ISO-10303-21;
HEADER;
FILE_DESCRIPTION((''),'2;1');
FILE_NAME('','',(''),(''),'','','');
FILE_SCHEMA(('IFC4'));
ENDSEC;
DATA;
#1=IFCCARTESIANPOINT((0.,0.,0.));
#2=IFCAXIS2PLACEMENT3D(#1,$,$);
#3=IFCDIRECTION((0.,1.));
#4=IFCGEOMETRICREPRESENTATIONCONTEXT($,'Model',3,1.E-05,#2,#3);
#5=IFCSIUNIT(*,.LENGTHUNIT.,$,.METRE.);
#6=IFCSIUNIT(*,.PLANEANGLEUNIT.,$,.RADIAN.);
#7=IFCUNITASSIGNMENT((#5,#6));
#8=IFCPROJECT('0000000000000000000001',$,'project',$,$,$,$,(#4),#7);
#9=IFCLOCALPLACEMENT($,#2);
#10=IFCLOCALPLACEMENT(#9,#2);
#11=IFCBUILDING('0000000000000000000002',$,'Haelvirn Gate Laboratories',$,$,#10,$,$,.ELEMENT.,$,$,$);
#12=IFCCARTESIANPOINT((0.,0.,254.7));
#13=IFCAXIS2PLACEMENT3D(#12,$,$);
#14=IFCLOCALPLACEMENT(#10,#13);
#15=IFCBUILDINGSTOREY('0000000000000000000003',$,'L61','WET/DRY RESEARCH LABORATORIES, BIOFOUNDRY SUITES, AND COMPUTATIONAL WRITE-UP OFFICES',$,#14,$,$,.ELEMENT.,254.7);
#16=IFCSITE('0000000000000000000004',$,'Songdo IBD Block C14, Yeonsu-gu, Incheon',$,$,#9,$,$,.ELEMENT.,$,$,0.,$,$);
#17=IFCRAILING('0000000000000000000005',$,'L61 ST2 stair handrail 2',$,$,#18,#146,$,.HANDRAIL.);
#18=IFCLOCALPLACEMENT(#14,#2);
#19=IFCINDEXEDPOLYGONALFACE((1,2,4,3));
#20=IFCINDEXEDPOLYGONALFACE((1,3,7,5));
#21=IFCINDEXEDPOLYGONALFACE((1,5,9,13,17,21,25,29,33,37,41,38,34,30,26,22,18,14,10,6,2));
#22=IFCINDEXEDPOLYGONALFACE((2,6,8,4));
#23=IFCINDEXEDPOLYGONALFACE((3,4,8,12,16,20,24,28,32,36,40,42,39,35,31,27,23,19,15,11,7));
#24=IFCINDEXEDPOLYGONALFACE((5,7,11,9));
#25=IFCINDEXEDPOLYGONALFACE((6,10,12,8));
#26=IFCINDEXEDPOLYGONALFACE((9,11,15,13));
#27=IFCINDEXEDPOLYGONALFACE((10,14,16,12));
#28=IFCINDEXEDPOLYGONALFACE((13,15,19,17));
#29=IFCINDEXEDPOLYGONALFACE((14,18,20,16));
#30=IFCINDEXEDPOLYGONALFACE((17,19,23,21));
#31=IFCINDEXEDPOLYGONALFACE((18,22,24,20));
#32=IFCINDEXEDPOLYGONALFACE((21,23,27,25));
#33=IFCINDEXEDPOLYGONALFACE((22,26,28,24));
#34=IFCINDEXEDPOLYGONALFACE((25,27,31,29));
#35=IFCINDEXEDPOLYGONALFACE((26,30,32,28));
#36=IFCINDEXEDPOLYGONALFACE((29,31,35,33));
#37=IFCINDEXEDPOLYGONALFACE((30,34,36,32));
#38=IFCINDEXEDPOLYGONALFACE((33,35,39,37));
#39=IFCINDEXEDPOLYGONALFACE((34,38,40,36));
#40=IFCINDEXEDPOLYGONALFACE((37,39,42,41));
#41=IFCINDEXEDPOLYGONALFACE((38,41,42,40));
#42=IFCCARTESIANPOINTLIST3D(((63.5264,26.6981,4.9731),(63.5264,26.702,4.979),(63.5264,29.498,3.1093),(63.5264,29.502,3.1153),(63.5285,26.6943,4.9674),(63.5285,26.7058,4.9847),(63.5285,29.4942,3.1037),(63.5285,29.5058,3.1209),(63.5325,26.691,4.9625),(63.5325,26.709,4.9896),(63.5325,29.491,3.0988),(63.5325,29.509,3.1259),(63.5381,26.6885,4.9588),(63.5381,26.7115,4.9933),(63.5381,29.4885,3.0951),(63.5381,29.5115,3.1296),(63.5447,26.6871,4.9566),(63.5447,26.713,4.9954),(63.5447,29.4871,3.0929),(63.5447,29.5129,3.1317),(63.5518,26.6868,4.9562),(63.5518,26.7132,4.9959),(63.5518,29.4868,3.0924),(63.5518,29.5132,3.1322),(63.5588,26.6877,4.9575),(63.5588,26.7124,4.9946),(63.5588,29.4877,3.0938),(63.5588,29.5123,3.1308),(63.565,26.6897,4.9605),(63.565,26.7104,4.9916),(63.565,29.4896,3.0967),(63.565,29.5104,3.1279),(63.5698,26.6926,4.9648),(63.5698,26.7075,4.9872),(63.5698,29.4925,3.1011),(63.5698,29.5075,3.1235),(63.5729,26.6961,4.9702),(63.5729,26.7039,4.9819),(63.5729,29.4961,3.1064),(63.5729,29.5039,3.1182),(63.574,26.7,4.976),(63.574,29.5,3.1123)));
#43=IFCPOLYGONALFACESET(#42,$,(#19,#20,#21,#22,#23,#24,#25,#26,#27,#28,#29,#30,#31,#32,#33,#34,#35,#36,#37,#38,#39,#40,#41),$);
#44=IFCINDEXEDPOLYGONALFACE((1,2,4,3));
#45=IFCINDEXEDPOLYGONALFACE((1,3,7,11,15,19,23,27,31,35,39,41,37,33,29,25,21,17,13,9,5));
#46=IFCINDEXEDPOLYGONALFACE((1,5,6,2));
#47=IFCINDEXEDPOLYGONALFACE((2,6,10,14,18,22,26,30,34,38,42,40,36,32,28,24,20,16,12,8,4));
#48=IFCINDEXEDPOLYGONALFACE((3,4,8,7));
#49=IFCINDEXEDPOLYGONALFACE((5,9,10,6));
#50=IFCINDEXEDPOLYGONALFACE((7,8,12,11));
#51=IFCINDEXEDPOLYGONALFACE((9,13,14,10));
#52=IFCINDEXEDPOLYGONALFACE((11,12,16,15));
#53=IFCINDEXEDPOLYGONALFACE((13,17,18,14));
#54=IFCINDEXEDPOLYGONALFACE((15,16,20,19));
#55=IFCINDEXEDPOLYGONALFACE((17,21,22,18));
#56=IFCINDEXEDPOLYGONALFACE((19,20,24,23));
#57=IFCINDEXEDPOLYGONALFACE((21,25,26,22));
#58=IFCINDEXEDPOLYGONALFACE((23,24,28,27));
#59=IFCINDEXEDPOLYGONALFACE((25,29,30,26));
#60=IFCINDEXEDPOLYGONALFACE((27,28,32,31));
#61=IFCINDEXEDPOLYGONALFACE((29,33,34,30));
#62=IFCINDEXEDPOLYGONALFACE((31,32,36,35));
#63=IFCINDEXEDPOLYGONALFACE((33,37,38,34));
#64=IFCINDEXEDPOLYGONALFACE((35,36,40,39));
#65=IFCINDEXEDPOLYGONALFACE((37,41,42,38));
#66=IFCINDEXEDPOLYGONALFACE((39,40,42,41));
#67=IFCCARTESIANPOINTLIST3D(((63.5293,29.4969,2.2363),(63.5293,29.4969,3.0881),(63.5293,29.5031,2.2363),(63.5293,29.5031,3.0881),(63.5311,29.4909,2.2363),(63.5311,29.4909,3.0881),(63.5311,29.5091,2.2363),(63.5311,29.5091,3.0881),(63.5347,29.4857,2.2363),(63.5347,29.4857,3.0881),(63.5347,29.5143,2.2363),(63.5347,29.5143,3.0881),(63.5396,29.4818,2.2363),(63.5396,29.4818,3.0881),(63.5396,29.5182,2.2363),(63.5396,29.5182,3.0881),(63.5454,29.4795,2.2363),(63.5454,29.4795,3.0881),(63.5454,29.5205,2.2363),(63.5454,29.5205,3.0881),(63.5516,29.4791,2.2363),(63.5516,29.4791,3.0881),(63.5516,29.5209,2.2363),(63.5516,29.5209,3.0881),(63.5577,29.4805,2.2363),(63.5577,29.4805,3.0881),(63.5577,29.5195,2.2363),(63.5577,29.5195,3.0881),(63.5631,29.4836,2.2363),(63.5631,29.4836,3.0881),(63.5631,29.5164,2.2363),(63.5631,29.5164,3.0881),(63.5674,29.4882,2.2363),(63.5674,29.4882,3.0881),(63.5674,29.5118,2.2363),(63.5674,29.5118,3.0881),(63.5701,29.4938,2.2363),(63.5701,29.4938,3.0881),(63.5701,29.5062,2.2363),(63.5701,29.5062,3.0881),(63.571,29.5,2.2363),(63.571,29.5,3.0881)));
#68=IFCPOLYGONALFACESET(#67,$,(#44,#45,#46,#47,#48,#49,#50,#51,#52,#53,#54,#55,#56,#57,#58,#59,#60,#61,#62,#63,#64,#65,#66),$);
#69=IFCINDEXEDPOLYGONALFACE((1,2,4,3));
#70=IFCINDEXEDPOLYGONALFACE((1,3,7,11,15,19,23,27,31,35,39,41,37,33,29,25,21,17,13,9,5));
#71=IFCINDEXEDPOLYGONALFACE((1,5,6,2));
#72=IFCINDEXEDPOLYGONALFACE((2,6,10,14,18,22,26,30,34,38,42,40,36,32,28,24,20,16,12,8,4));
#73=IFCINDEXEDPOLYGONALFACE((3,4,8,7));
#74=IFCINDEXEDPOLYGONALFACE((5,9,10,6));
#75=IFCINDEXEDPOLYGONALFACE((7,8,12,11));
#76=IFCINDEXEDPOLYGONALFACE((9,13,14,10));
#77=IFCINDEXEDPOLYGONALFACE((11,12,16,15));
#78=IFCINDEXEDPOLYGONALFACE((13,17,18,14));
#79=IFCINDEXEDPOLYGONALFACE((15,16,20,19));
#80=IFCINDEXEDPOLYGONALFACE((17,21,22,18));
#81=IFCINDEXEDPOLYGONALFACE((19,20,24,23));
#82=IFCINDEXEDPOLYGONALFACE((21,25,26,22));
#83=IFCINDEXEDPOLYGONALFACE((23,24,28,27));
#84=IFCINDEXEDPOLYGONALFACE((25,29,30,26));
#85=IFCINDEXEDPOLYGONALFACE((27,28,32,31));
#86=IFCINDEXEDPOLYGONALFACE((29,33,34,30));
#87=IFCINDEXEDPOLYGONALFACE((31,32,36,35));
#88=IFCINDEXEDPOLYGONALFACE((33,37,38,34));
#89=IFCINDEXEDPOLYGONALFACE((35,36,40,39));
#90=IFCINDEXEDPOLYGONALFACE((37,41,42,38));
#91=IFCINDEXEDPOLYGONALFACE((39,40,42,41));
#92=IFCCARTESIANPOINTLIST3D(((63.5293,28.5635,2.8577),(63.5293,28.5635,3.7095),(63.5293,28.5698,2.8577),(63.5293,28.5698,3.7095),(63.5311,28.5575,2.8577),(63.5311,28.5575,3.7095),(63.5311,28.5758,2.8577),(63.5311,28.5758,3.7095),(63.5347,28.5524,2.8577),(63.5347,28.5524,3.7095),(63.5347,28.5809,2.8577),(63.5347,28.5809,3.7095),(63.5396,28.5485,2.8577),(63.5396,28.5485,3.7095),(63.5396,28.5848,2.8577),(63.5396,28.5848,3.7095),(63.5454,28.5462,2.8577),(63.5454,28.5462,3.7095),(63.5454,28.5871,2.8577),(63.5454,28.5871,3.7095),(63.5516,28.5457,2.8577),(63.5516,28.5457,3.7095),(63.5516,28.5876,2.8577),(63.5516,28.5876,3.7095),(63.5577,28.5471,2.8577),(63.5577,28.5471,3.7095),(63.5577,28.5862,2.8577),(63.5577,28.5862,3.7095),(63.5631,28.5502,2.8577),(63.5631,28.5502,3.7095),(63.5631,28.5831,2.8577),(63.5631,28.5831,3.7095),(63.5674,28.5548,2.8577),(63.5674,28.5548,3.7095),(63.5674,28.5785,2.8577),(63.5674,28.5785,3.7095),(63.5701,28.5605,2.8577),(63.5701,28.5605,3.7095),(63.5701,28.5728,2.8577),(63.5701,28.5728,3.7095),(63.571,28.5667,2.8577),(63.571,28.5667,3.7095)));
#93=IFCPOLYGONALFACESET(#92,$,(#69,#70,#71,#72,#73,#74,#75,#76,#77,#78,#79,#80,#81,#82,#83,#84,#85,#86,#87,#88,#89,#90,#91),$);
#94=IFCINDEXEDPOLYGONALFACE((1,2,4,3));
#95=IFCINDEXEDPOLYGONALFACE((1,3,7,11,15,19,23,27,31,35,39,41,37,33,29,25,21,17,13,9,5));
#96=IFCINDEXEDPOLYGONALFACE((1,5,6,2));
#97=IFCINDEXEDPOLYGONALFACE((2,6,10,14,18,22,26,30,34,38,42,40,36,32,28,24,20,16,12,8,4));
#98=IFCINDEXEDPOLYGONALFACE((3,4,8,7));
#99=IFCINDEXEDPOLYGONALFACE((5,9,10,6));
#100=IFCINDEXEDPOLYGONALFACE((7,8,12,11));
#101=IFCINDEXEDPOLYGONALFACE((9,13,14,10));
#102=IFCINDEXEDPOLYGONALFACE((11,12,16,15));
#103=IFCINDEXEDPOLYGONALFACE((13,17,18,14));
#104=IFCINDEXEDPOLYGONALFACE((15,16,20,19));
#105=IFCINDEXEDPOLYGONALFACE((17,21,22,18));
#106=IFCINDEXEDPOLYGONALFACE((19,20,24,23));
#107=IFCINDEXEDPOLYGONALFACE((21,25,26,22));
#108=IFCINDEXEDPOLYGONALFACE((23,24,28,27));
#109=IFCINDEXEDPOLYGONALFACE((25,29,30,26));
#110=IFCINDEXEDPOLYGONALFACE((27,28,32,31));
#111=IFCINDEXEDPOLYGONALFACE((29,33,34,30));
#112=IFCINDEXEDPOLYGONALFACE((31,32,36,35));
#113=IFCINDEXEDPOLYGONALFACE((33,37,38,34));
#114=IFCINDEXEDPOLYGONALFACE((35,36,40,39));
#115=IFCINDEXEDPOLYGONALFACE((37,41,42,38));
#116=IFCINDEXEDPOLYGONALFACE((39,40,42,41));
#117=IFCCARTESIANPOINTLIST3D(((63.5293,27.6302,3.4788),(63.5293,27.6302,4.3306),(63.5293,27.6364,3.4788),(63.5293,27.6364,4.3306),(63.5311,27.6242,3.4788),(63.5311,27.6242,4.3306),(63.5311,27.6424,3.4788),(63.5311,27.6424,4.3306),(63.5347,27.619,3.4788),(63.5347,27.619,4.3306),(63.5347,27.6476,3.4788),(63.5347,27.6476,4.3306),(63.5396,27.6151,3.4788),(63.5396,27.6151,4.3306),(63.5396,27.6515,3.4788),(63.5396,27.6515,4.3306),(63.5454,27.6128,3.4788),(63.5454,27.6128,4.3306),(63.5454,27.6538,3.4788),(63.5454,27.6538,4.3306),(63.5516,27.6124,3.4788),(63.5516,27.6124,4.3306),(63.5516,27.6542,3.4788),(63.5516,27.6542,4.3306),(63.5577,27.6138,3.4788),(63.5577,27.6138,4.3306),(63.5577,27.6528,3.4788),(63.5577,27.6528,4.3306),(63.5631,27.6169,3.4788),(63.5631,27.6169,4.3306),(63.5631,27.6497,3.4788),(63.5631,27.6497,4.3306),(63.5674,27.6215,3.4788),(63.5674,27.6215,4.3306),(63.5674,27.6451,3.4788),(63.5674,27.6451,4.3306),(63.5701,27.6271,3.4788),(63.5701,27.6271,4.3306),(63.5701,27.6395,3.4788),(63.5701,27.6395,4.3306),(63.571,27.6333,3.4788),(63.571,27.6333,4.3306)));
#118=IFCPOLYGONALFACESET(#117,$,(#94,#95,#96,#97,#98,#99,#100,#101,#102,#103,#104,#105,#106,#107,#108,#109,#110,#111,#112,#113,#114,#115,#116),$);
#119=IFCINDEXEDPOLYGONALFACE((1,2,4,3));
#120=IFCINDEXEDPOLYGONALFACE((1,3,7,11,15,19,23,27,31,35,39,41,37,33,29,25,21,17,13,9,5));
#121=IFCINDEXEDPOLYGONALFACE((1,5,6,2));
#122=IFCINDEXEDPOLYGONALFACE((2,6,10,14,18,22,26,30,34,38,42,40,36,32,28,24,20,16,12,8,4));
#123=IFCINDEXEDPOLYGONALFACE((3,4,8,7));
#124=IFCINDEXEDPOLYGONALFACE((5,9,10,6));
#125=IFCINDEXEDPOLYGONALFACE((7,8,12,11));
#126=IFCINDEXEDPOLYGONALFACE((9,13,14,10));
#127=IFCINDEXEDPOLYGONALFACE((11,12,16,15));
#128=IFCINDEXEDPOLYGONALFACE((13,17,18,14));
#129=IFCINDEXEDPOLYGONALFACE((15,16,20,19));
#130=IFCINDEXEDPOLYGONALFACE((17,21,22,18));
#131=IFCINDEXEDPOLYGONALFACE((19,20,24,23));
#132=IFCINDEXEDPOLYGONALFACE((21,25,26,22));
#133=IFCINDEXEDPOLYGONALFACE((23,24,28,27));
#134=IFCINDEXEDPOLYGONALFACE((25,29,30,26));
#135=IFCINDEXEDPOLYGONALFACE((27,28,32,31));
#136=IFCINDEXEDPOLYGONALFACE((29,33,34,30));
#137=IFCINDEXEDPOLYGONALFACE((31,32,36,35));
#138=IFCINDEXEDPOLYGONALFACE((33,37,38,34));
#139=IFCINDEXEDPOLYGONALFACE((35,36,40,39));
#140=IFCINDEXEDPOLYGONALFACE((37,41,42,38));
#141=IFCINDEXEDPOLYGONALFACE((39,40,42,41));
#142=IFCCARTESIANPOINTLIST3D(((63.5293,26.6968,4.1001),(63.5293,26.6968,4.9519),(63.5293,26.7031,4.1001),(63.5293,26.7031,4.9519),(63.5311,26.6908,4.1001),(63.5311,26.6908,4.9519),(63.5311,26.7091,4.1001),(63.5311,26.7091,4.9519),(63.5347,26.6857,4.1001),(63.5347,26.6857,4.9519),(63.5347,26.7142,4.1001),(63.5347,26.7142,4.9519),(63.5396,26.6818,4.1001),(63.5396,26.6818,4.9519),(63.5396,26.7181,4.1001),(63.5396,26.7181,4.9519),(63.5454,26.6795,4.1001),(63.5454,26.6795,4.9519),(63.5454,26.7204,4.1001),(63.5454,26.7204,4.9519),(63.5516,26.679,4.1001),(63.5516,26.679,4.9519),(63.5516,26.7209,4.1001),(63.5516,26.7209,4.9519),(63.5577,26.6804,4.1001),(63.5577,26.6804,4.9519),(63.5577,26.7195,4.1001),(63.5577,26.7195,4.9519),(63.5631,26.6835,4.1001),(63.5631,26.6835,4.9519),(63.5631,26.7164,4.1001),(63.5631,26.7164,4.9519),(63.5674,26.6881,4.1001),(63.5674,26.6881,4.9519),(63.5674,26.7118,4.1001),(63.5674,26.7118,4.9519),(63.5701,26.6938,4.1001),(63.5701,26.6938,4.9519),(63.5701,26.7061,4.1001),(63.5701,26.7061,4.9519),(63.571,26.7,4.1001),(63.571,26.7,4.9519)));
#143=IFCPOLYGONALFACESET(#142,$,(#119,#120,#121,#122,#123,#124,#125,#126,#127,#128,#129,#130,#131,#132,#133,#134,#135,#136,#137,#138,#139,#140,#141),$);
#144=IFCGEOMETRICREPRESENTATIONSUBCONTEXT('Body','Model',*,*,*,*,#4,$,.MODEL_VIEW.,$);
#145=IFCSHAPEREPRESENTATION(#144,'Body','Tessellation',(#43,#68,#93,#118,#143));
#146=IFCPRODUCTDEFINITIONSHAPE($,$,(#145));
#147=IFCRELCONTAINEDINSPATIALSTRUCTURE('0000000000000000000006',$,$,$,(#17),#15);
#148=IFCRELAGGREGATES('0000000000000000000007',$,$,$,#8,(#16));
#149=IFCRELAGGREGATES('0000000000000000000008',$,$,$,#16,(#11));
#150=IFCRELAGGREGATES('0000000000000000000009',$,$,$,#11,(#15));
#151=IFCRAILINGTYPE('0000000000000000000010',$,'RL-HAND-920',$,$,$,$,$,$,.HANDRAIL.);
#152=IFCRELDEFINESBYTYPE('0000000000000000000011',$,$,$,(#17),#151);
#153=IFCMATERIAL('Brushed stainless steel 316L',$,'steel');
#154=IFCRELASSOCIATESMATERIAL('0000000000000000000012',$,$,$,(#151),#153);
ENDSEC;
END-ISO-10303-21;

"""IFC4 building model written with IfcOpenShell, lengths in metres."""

from ifc_helpers import new_model, si_unit, direction, frame, origin, origin_2d, place, context, subcontext, project, spatial, circle, extrude, source, transform, mapped, material, type_object, element, save


model = new_model("IFC4")

# Units and contexts
model_context = context("Model", 3, precision=1e-05, world=origin(), true_north=direction((0.0, 1.0)))
body_context = subcontext(model_context, "Body", "Model", "MODEL_VIEW")
ifc_project = project(units=[si_unit("LENGTHUNIT", "METRE"), si_unit("PLANEANGLEUNIT", "RADIAN")], contexts=[model_context])

# Site, building, storey
site_placement = place(None, origin())
site = spatial("IfcSite", under=ifc_project, at=site_placement, Name="Songdo IBD Block C14, Yeonsu-gu, Incheon", CompositionType="ELEMENT", RefElevation=0.0)
building_placement = place(site_placement, origin())
building = spatial("IfcBuilding", under=site, at=building_placement, Name="Haelvirn Gate Laboratories", CompositionType="ELEMENT")
storey_placement = place(building_placement, frame((0.0, 0.0, 254.7)))
storey = spatial("IfcBuildingStorey", under=building, at=storey_placement, Name="L61", Description="WET/DRY RESEARCH LABORATORIES, BIOFOUNDRY SUITES, AND COMPUTATIONAL WRITE-UP OFFICES", CompositionType="ELEMENT", Elevation=254.7)

# Railing
ifc_material_1 = material(Name="Brushed stainless steel 316L", Category="steel")
railing_type_1 = type_object("IfcRailingType", Name="RL-HAND-920", PredefinedType="HANDRAIL", material=ifc_material_1)
shared_shape_1 = source(origin(), body_context, "Body", "SweptSolid", [
    extrude(circle(Radius=0.0239, at=origin_2d()), frame((0.0, 0.0, 0.876), z_axis=(0.0, -0.832452, 0.554097), x_axis=(1.0, 0.0, 0.0)), (0.0, 0.0, 1.0), 3.3635),
    extrude(circle(Radius=0.021, at=origin_2d()), origin(), (0.0, 0.0, 1.0), 0.8518),
    extrude(circle(Radius=0.021, at=origin_2d()), frame((0.0, -0.9333, 0.6213)), (0.0, 0.0, 1.0), 0.8518),
    extrude(circle(Radius=0.021, at=origin_2d()), frame((0.0, -1.8667, 1.2424)), (0.0, 0.0, 1.0), 0.8518),
    extrude(circle(Radius=0.021, at=origin_2d()), frame((0.0, -2.8, 1.8638)), (0.0, 0.0, 1.0), 0.8518),
])
railing_1_placement = place(storey_placement, frame((63.55, 29.5, 2.2363)))
element("IfcRailing", 1, at=railing_1_placement, inside=storey, type_object=railing_type_1, Name="L61 ST2 stair handrail 2", PredefinedType="HANDRAIL", context=body_context, shape_type="MappedRepresentation", body=[
    mapped(shared_shape_1, transform((0.0, 0.0, 0.0), scale=1.0)),
])

save(model, "model.ifc")
